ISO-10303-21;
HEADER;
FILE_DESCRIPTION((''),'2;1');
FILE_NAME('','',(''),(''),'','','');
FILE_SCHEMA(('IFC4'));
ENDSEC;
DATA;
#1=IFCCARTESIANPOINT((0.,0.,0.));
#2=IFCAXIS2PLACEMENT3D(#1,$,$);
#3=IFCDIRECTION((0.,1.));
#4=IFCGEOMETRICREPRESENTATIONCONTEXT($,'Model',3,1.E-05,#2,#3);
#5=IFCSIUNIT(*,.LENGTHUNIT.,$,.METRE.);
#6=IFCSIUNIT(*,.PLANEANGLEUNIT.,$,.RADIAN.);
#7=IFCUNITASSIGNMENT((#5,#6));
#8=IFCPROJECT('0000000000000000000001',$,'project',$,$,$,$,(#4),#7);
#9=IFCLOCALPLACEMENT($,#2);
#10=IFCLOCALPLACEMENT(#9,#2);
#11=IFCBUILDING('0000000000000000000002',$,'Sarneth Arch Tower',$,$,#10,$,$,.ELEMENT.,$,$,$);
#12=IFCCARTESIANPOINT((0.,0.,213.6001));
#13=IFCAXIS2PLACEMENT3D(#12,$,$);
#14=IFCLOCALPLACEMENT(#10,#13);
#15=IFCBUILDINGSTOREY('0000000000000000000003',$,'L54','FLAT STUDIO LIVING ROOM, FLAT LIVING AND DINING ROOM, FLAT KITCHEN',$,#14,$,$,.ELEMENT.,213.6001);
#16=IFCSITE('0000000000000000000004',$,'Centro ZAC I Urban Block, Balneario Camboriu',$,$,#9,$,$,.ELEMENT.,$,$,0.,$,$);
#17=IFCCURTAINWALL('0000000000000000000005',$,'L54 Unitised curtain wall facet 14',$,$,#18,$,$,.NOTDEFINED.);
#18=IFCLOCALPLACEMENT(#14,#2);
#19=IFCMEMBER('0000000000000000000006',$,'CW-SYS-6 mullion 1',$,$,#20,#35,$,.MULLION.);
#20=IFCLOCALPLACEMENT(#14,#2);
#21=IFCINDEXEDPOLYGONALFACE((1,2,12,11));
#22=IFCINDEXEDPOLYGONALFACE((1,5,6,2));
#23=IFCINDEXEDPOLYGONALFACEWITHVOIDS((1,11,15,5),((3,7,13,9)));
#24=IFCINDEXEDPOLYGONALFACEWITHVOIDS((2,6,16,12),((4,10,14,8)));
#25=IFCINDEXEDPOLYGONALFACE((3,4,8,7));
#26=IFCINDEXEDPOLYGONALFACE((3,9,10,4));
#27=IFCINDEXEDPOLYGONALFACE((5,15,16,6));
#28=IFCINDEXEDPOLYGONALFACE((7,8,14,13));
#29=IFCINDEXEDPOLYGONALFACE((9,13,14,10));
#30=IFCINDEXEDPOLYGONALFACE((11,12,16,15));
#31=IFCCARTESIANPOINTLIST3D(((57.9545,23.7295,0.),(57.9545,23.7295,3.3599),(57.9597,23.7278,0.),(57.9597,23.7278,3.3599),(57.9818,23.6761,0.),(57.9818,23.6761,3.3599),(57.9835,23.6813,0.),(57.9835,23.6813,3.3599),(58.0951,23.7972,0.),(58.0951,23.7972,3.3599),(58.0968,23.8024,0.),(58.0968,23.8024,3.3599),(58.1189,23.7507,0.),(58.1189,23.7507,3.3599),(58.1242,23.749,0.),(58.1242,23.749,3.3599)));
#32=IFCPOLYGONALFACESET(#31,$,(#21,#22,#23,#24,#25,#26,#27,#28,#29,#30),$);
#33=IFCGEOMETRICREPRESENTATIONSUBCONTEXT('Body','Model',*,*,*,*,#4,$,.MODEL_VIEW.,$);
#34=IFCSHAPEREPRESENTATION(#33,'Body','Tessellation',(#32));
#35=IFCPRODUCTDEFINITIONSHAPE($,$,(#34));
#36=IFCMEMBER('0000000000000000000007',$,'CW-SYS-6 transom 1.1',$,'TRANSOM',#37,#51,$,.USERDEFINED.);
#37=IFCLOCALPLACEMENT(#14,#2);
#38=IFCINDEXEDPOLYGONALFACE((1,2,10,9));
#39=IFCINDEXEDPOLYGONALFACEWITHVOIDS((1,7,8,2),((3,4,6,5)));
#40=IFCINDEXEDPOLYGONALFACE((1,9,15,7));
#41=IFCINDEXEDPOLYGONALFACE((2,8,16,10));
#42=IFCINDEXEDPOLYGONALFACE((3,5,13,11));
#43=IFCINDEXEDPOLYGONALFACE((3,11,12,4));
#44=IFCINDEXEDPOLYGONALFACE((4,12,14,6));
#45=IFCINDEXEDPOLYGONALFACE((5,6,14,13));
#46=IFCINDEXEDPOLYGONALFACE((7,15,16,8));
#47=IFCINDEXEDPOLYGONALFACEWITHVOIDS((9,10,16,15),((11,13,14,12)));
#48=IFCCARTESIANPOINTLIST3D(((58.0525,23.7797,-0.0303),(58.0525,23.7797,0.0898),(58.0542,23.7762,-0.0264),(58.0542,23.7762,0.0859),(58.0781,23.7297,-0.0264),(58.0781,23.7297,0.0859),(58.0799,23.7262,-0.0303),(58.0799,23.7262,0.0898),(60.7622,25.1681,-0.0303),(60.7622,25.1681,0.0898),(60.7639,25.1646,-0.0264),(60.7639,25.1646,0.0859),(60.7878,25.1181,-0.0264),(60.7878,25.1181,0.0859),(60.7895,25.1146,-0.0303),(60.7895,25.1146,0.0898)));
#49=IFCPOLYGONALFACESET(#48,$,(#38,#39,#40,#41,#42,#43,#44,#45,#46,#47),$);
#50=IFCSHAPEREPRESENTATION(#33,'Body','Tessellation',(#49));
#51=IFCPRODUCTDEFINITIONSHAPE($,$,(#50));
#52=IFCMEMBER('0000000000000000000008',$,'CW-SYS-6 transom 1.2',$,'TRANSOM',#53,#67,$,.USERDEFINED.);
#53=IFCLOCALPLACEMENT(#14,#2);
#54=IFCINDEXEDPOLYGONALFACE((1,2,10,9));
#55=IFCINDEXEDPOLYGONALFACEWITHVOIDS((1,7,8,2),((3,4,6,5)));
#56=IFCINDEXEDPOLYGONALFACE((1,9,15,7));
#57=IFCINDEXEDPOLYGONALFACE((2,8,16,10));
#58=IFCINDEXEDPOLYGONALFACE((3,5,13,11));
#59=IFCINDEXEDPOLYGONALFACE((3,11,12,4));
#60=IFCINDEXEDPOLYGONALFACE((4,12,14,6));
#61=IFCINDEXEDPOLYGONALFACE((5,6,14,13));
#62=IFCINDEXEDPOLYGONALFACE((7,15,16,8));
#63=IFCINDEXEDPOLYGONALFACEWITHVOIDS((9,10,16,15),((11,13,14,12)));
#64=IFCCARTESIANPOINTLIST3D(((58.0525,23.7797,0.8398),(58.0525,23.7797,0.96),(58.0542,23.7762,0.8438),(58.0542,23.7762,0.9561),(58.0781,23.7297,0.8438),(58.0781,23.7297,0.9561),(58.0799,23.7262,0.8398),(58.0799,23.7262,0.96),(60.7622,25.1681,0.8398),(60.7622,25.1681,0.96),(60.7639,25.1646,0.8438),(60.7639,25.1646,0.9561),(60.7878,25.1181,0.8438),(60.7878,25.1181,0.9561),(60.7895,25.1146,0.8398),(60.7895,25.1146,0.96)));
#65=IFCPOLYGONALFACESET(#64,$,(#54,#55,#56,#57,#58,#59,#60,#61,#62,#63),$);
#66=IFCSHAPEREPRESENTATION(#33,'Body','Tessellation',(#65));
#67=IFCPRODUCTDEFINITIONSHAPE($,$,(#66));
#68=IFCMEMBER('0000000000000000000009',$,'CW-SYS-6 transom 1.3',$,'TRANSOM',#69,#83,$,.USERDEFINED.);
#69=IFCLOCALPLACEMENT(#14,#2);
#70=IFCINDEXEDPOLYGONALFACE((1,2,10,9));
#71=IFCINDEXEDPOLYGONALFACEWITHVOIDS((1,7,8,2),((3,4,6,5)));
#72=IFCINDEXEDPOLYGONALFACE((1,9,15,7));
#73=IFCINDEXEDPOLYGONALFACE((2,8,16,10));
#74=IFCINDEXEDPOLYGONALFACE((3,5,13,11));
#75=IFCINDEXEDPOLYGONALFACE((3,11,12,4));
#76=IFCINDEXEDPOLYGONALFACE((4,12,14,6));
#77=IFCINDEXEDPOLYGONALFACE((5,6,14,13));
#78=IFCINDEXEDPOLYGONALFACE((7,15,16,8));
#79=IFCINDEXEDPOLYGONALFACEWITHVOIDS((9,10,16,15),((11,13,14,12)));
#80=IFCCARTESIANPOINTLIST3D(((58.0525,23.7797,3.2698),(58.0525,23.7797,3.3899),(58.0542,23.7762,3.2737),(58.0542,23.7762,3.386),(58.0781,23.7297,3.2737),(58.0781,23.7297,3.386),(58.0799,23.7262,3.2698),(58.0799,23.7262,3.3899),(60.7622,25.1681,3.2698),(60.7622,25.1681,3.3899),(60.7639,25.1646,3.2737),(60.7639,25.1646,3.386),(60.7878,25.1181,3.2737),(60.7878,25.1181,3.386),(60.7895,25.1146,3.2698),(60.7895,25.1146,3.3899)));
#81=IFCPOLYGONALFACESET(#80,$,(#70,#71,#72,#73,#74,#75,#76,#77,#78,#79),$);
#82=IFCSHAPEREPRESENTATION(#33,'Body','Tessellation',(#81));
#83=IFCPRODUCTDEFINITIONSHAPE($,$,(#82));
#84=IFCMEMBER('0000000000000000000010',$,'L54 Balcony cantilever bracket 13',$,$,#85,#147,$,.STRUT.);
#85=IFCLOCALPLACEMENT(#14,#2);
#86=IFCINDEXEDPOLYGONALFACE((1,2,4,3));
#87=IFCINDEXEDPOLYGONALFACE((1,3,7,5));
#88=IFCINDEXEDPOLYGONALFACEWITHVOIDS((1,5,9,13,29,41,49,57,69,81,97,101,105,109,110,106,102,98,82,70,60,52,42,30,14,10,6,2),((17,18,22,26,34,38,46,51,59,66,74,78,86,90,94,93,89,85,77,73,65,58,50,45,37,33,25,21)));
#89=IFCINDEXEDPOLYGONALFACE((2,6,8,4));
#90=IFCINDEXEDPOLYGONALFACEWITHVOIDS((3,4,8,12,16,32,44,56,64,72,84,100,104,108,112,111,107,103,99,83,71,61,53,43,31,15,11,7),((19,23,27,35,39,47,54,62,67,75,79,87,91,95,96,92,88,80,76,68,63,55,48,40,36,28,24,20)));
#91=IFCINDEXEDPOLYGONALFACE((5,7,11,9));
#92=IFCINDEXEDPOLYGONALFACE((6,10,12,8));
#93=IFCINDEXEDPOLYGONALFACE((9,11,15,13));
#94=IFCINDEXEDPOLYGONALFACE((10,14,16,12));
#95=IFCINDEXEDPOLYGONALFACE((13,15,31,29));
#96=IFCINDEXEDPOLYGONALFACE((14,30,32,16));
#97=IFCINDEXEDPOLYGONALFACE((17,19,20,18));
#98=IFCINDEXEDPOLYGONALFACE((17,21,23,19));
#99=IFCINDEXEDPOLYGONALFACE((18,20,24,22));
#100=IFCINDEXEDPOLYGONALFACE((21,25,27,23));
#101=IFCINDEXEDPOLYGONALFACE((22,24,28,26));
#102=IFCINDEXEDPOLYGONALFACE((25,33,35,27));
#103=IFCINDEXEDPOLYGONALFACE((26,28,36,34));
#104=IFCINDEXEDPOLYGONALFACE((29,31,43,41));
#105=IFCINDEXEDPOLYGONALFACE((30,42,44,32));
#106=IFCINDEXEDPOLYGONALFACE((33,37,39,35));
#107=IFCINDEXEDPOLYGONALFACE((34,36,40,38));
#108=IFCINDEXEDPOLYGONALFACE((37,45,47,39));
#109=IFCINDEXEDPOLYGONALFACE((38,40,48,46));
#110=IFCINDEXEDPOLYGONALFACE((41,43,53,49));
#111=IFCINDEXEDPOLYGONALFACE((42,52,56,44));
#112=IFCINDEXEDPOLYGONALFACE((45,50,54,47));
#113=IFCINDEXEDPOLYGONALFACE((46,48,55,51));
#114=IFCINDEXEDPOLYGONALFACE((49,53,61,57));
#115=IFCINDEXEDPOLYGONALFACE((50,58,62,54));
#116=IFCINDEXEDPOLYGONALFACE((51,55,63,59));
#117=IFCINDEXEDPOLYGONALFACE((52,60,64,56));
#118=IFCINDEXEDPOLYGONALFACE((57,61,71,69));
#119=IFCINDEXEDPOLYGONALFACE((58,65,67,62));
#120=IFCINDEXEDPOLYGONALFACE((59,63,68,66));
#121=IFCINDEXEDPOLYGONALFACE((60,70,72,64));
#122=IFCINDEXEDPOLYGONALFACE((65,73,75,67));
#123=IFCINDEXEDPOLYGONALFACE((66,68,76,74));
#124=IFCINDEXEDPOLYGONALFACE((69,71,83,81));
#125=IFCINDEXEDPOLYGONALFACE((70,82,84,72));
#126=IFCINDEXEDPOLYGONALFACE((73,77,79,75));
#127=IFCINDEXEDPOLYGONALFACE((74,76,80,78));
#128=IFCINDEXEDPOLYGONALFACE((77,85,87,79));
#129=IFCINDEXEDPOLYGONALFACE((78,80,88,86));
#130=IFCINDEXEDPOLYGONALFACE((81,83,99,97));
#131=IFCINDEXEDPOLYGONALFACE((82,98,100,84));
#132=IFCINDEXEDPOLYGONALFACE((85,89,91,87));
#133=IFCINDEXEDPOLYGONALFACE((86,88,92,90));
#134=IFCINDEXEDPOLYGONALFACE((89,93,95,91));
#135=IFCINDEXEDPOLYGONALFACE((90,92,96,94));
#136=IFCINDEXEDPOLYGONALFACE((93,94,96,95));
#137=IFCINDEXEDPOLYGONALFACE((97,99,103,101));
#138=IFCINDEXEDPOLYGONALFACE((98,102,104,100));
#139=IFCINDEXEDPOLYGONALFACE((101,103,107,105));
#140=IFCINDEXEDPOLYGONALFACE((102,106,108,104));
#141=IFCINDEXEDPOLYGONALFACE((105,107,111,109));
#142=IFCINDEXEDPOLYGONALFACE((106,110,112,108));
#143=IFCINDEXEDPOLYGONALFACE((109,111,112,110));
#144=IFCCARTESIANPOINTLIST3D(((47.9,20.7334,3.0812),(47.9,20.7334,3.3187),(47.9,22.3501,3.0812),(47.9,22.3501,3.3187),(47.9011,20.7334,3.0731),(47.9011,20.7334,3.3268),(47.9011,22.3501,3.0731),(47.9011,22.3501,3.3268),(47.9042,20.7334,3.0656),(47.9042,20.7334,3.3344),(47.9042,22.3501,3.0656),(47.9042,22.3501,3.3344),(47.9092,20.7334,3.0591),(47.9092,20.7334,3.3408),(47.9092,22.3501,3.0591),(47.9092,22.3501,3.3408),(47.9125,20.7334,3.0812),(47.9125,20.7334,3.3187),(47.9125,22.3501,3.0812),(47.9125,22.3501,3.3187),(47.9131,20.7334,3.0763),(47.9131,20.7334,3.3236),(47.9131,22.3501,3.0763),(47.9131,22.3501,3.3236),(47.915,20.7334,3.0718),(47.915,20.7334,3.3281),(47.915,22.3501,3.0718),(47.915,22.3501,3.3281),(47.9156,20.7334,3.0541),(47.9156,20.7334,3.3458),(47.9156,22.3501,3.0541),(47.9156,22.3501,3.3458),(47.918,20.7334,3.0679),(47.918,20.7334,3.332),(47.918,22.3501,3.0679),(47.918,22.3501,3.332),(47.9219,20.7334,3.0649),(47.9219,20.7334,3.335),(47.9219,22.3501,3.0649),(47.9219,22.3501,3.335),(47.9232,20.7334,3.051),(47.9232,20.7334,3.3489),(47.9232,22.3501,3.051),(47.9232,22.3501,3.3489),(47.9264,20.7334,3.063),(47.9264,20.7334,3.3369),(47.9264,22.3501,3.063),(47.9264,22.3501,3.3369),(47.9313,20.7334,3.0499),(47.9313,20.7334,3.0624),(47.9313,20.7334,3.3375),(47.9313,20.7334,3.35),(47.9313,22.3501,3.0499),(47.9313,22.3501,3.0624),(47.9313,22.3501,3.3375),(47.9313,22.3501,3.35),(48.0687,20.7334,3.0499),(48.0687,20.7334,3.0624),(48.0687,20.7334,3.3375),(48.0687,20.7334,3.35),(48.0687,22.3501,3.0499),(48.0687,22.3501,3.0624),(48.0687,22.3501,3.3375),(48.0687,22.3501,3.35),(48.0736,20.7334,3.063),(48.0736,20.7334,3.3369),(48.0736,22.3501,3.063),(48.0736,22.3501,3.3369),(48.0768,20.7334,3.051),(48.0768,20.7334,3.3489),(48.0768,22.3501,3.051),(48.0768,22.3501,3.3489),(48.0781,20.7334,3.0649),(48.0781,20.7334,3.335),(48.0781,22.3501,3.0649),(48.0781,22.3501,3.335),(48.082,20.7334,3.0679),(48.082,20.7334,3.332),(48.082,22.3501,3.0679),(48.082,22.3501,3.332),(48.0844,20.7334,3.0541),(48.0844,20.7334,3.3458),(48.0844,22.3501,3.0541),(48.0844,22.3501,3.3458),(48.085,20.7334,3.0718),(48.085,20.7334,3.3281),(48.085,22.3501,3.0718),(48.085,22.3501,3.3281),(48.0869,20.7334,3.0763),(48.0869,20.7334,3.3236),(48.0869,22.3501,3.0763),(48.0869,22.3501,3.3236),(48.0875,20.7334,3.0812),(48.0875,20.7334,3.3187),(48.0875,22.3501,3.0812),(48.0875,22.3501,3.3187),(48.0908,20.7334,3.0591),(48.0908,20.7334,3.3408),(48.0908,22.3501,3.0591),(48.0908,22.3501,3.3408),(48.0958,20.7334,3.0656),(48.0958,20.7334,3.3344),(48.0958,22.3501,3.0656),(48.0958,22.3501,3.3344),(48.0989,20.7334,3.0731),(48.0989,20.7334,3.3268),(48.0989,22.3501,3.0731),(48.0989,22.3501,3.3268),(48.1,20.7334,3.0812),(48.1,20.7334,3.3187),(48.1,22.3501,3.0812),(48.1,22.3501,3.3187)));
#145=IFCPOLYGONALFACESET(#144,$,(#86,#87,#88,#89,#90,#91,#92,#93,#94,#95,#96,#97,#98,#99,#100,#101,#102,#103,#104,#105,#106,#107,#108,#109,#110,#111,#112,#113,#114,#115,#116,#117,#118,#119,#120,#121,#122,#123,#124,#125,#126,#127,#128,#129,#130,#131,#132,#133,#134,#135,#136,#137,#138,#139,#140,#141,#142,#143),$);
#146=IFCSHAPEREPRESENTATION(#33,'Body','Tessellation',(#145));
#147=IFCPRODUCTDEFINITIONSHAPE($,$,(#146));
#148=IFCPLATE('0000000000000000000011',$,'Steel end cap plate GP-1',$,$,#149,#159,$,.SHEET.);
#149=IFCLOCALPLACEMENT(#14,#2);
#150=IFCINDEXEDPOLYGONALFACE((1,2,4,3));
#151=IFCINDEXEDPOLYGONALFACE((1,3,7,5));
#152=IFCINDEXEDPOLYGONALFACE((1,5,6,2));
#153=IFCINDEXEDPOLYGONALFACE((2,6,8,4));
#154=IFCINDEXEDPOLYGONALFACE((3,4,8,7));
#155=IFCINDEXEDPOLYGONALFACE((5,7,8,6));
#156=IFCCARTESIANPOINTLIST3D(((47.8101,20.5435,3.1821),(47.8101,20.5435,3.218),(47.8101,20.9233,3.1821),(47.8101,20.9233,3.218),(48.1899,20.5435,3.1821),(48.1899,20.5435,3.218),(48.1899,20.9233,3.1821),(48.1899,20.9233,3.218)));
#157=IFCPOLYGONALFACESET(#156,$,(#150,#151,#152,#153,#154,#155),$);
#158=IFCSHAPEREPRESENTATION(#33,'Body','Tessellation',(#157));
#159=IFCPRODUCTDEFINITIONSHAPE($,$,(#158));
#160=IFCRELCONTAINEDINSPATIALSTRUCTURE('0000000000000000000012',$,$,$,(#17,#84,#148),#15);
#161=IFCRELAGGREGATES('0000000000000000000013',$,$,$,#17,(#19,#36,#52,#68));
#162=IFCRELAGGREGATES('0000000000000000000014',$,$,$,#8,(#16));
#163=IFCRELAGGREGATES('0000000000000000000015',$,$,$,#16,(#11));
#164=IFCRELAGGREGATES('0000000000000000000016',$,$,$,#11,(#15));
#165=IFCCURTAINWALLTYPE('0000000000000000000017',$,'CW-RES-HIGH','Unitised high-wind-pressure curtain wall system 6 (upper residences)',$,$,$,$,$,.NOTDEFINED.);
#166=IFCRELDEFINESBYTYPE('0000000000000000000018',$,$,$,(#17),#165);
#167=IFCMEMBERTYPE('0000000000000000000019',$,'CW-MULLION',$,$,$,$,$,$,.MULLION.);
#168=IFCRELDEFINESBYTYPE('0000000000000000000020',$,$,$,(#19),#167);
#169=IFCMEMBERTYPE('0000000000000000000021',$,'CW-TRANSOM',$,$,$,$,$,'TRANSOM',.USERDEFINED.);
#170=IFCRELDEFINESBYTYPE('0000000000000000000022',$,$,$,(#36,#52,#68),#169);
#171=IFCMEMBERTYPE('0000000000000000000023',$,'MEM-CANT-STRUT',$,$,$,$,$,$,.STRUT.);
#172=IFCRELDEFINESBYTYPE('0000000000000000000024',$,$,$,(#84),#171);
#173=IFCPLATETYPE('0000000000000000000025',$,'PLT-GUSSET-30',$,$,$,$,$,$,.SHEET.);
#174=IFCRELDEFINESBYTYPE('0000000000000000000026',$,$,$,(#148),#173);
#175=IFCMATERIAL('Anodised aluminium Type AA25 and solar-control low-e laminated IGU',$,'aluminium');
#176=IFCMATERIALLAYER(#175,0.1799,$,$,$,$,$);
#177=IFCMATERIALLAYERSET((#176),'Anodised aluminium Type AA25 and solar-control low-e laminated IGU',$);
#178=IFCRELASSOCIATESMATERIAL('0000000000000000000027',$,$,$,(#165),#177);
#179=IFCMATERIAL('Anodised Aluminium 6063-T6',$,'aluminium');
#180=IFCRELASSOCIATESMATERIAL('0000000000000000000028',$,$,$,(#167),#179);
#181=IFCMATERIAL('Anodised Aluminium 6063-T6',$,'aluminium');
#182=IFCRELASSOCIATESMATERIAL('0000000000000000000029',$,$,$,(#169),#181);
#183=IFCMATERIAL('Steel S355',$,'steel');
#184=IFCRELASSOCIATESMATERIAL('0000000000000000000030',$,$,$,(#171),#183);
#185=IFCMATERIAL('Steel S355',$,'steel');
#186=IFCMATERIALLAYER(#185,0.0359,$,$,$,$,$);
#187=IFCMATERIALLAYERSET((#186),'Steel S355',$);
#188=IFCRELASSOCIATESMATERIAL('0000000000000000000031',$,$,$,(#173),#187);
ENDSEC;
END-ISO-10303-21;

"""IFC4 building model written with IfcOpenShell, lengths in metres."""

from ifc_helpers import new_model, si_unit, direction, frame, origin, origin_2d, place, context, subcontext, project, spatial, rectangle, hollow_rectangle, extrude, material, layer, layer_set, material_profile, profile_set, type_object, element, aggregate, save


model = new_model("IFC4")

# Units and contexts
model_context = context("Model", 3, precision=1e-05, world=origin(), true_north=direction((0.0, 1.0)))
body_context = subcontext(model_context, "Body", "Model", "MODEL_VIEW")
ifc_project = project(units=[si_unit("LENGTHUNIT", "METRE"), si_unit("PLANEANGLEUNIT", "RADIAN")], contexts=[model_context])

# Site, building, storey
site_placement = place(None, origin())
site = spatial("IfcSite", under=ifc_project, at=site_placement, Name="Centro ZAC I Urban Block, Balneario Camboriu", CompositionType="ELEMENT", RefElevation=0.0)
building_placement = place(site_placement, origin())
building = spatial("IfcBuilding", under=site, at=building_placement, Name="Sarneth Arch Tower", CompositionType="ELEMENT")
storey_placement = place(building_placement, frame((0.0, 0.0, 213.6001)))
storey = spatial("IfcBuildingStorey", under=building, at=storey_placement, Name="L54", Description="FLAT STUDIO LIVING ROOM, FLAT LIVING AND DINING ROOM, FLAT KITCHEN", CompositionType="ELEMENT", Elevation=213.6001)

# Curtain wall, members
ifc_material_1 = material(Name="Anodised aluminium Type AA25 and solar-control low-e laminated IGU", Category="aluminium")
ifc_layer_1 = layer(ifc_material_1, 0.1799)
ifc_layer_set_1 = layer_set([ifc_layer_1], Name="Anodised aluminium Type AA25 and solar-control low-e laminated IGU")
curtain_wall_type = type_object("IfcCurtainWallType", Name="CW-RES-HIGH", Description="Unitised high-wind-pressure curtain wall system 6 (upper residences)", PredefinedType="NOTDEFINED", material=ifc_layer_set_1)
curtain_wall_placement = place(storey_placement, origin())
curtain_wall = element("IfcCurtainWall", 1, at=curtain_wall_placement, inside=storey, type_object=curtain_wall_type, Name="L54 Unitised curtain wall facet 14", PredefinedType="NOTDEFINED")
ifc_material_2 = material(Name="Anodised Aluminium 6063-T6", Category="aluminium")
ifc_material_profile_1 = material_profile(ifc_material_2, hollow_rectangle(XDim=0.0601, YDim=0.1599, WallThickness=0.0039, at=origin_2d()), Name="AL-MULL-160x60x4")
ifc_profile_set_1 = profile_set([ifc_material_profile_1], Name="Anodised Aluminium 6063-T6")
member_type_1 = type_object("IfcMemberType", Name="CW-MULLION", PredefinedType="MULLION", material=ifc_profile_set_1)
member_1_placement = place(storey_placement, frame((58.0393, 23.7393, 0.0), z_axis=(0.0, 0.0, 1.0), x_axis=(-0.455942, 0.89001, 0.0)))
member_1 = element("IfcMember", 2, at=member_1_placement, type_object=member_type_1, Name="CW-SYS-6 mullion 1", PredefinedType="MULLION", context=body_context, shape_type="SweptSolid", body=[
    extrude(hollow_rectangle(XDim=0.0601, YDim=0.1599, WallThickness=0.0039, at=origin_2d()), origin(), (0.0, 0.0, 1.0), 3.3599),
])
ifc_material_3 = material(Name="Anodised Aluminium 6063-T6", Category="aluminium")
ifc_material_profile_2 = material_profile(ifc_material_3, hollow_rectangle(XDim=0.0601, YDim=0.1201, WallThickness=0.0039, at=origin_2d()), Name="AL-TRAN-120x60x4")
ifc_profile_set_2 = profile_set([ifc_material_profile_2], Name="Anodised Aluminium 6063-T6")
member_type_2 = type_object("IfcMemberType", Name="CW-TRANSOM", ElementType="TRANSOM", PredefinedType="USERDEFINED", material=ifc_profile_set_2)
member_2_placement = place(storey_placement, frame((58.0662, 23.7529, 0.0298), z_axis=(0.889974, 0.456012, 0.0), x_axis=(-0.456012, 0.889974, 0.0)))
member_2 = element("IfcMember", 3, at=member_2_placement, type_object=member_type_2, Name="CW-SYS-6 transom 1.1", ObjectType="TRANSOM", PredefinedType="USERDEFINED", context=body_context, shape_type="SweptSolid", body=[
    extrude(hollow_rectangle(XDim=0.0601, YDim=0.1201, WallThickness=0.0039, at=origin_2d()), origin(), (0.0, 0.0, 1.0), 3.0447),
])
member_3_placement = place(storey_placement, frame((58.0662, 23.7529, 0.8999), z_axis=(0.889974, 0.456012, 0.0), x_axis=(-0.456012, 0.889974, 0.0)))
member_3 = element("IfcMember", 4, at=member_3_placement, type_object=member_type_2, Name="CW-SYS-6 transom 1.2", ObjectType="TRANSOM", PredefinedType="USERDEFINED", context=body_context, shape_type="SweptSolid", body=[
    extrude(hollow_rectangle(XDim=0.0601, YDim=0.1201, WallThickness=0.0039, at=origin_2d()), origin(), (0.0, 0.0, 1.0), 3.0447),
])
member_4_placement = place(storey_placement, frame((58.0662, 23.7529, 3.3298), z_axis=(0.889974, 0.456012, 0.0), x_axis=(-0.456012, 0.889974, 0.0)))
member_4 = element("IfcMember", 5, at=member_4_placement, type_object=member_type_2, Name="CW-SYS-6 transom 1.3", ObjectType="TRANSOM", PredefinedType="USERDEFINED", context=body_context, shape_type="SweptSolid", body=[
    extrude(hollow_rectangle(XDim=0.0601, YDim=0.1201, WallThickness=0.0039, at=origin_2d()), origin(), (0.0, 0.0, 1.0), 3.0447),
])
aggregate(curtain_wall, [member_1, member_2, member_3, member_4])

# Member
ifc_material_4 = material(Name="Steel S355", Category="steel")
ifc_material_profile_3 = material_profile(ifc_material_4, hollow_rectangle(XDim=0.2, YDim=0.3, WallThickness=0.0125, InnerFilletRadius=0.0188, OuterFilletRadius=0.0312, at=origin_2d()), Name="RHS300x200x12.5")
ifc_profile_set_3 = profile_set([ifc_material_profile_3], Name="Steel S355")
member_type_3 = type_object("IfcMemberType", Name="MEM-CANT-STRUT", PredefinedType="STRUT", material=ifc_profile_set_3)
member_5_placement = place(storey_placement, frame((48.0, 22.3501, 3.2), z_axis=(0.0, -1.0, 0.0), x_axis=(1.0, 0.0, 0.0)))
element("IfcMember", 6, at=member_5_placement, inside=storey, type_object=member_type_3, Name="L54 Balcony cantilever bracket 13", PredefinedType="STRUT", context=body_context, shape_type="SweptSolid", body=[
    extrude(hollow_rectangle(XDim=0.2, YDim=0.3, WallThickness=0.0125, InnerFilletRadius=0.0188, OuterFilletRadius=0.0312, at=origin_2d()), origin(), (0.0, 0.0, 1.0), 1.6167),
])

# Plate
ifc_material_5 = material(Name="Steel S355", Category="steel")
ifc_layer_2 = layer(ifc_material_5, 0.0359)
ifc_layer_set_2 = layer_set([ifc_layer_2], Name="Steel S355")
plate_type = type_object("IfcPlateType", Name="PLT-GUSSET-30", PredefinedType="SHEET", material=ifc_layer_set_2)
plate_placement = place(storey_placement, frame((48.0, 20.7334, 3.1821), z_axis=(0.0, 0.0, 1.0), x_axis=(0.0, -1.0, 0.0)))
element("IfcPlate", 7, at=plate_placement, inside=storey, type_object=plate_type, Name="Steel end cap plate GP-1", PredefinedType="SHEET", context=body_context, shape_type="SweptSolid", body=[
    extrude(rectangle(XDim=0.3799, YDim=0.3799, at=origin_2d()), origin(), (0.0, 0.0, 1.0), 0.0359),
])

save(model, "model.ifc")
